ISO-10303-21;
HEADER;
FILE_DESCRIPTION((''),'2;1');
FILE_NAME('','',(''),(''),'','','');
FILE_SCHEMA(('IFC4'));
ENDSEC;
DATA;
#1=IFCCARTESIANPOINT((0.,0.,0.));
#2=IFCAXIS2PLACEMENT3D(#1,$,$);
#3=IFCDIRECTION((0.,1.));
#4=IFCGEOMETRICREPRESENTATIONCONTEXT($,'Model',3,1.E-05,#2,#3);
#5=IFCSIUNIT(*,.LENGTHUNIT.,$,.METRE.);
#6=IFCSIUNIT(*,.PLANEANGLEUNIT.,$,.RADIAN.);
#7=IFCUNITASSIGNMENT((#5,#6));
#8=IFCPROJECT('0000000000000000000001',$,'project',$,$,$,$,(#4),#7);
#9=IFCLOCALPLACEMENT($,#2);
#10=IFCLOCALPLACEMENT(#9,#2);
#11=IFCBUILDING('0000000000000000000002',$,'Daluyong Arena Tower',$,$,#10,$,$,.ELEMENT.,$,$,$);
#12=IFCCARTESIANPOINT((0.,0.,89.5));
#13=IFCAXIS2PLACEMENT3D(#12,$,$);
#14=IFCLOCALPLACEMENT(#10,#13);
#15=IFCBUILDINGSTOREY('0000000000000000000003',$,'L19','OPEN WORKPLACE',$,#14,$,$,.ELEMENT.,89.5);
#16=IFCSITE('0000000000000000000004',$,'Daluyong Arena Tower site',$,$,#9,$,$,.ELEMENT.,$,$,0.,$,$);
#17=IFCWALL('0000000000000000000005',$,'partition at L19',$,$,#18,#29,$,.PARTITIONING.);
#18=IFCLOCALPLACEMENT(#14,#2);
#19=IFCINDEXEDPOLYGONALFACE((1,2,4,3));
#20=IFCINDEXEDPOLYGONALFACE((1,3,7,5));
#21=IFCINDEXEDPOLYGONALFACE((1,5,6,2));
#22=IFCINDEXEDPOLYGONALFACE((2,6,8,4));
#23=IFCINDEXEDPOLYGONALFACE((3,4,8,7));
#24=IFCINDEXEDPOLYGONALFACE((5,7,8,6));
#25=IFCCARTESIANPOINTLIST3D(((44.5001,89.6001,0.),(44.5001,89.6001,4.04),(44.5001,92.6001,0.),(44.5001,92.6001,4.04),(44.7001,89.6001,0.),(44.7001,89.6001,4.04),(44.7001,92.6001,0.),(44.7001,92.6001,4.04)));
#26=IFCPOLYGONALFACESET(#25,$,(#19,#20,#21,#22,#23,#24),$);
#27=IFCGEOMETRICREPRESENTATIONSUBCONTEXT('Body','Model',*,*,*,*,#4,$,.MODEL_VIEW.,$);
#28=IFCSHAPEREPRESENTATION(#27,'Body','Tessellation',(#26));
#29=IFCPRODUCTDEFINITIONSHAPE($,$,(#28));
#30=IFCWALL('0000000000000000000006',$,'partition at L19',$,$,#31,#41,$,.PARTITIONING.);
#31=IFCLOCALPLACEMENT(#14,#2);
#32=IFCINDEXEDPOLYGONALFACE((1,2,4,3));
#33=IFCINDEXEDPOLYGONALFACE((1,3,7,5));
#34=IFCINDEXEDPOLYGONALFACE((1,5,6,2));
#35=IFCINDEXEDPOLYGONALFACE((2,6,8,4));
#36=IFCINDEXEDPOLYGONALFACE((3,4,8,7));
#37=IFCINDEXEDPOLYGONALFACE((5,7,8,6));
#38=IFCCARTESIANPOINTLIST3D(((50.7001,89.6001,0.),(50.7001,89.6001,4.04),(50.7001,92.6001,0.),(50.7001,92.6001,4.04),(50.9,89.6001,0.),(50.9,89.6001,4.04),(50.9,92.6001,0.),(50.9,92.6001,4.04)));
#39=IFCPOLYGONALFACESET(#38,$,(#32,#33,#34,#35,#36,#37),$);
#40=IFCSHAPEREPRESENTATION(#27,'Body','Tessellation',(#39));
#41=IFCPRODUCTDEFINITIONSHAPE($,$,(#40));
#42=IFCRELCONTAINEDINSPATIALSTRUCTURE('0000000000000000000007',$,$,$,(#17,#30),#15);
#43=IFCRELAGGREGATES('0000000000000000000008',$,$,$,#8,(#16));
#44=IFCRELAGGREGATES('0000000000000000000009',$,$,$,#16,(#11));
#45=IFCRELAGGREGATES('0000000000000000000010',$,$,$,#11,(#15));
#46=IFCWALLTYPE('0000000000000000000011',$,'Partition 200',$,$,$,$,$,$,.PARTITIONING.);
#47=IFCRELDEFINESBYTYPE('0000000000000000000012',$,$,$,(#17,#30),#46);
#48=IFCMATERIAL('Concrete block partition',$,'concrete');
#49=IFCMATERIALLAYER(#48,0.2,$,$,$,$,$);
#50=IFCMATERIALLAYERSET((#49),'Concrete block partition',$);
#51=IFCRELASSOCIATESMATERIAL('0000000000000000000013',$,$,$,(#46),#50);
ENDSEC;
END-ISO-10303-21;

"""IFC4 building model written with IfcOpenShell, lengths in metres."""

from ifc_helpers import new_model, si_unit, direction, frame, frame_2d, origin, place, context, subcontext, project, spatial, rectangle, extrude, material, layer, layer_set, type_object, element, save


model = new_model("IFC4")

# Units and contexts
model_context = context("Model", 3, precision=1e-05, world=origin(), true_north=direction((0.0, 1.0)))
body_context = subcontext(model_context, "Body", "Model", "MODEL_VIEW")
ifc_project = project(units=[si_unit("LENGTHUNIT", "METRE"), si_unit("PLANEANGLEUNIT", "RADIAN")], contexts=[model_context])

# Site, building, storey
site_placement = place(None, origin())
site = spatial("IfcSite", under=ifc_project, at=site_placement, Name="Daluyong Arena Tower site", CompositionType="ELEMENT", RefElevation=0.0)
building_placement = place(site_placement, origin())
building = spatial("IfcBuilding", under=site, at=building_placement, Name="Daluyong Arena Tower", CompositionType="ELEMENT")
storey_placement = place(building_placement, frame((0.0, 0.0, 89.5)))
storey = spatial("IfcBuildingStorey", under=building, at=storey_placement, Name="L19", Description="OPEN WORKPLACE", CompositionType="ELEMENT", Elevation=89.5)

# Walls
ifc_material_1 = material(Name="Concrete block partition", Category="concrete")
ifc_layer_1 = layer(ifc_material_1, 0.2)
ifc_layer_set_1 = layer_set([ifc_layer_1], Name="Concrete block partition")
wall_type_1 = type_object("IfcWallType", Name="Partition 200", PredefinedType="PARTITIONING", material=ifc_layer_set_1)
for number, where, z_axis, x_axis, name in (
    (1, (44.6001, 89.6001, 0.0), (0.0, 0.0, 1.0), (0.0, 1.0, 0.0), "partition at L19"),
    (2, (50.8, 89.6001, 0.0), (0.0, 0.0, 1.0), (0.0, 1.0, 0.0), "partition at L19"),
):
    element("IfcWall", number, at=place(storey_placement, frame(where, z_axis=z_axis, x_axis=x_axis)), inside=storey, type_object=wall_type_1, Name=name, PredefinedType="PARTITIONING", context=body_context, shape_type="SweptSolid", body=[
        extrude(rectangle(XDim=3.0, YDim=0.2, at=frame_2d((1.5, 0.0))), origin(), (0.0, 0.0, 1.0), 4.04),
    ])

save(model, "model.ifc")
